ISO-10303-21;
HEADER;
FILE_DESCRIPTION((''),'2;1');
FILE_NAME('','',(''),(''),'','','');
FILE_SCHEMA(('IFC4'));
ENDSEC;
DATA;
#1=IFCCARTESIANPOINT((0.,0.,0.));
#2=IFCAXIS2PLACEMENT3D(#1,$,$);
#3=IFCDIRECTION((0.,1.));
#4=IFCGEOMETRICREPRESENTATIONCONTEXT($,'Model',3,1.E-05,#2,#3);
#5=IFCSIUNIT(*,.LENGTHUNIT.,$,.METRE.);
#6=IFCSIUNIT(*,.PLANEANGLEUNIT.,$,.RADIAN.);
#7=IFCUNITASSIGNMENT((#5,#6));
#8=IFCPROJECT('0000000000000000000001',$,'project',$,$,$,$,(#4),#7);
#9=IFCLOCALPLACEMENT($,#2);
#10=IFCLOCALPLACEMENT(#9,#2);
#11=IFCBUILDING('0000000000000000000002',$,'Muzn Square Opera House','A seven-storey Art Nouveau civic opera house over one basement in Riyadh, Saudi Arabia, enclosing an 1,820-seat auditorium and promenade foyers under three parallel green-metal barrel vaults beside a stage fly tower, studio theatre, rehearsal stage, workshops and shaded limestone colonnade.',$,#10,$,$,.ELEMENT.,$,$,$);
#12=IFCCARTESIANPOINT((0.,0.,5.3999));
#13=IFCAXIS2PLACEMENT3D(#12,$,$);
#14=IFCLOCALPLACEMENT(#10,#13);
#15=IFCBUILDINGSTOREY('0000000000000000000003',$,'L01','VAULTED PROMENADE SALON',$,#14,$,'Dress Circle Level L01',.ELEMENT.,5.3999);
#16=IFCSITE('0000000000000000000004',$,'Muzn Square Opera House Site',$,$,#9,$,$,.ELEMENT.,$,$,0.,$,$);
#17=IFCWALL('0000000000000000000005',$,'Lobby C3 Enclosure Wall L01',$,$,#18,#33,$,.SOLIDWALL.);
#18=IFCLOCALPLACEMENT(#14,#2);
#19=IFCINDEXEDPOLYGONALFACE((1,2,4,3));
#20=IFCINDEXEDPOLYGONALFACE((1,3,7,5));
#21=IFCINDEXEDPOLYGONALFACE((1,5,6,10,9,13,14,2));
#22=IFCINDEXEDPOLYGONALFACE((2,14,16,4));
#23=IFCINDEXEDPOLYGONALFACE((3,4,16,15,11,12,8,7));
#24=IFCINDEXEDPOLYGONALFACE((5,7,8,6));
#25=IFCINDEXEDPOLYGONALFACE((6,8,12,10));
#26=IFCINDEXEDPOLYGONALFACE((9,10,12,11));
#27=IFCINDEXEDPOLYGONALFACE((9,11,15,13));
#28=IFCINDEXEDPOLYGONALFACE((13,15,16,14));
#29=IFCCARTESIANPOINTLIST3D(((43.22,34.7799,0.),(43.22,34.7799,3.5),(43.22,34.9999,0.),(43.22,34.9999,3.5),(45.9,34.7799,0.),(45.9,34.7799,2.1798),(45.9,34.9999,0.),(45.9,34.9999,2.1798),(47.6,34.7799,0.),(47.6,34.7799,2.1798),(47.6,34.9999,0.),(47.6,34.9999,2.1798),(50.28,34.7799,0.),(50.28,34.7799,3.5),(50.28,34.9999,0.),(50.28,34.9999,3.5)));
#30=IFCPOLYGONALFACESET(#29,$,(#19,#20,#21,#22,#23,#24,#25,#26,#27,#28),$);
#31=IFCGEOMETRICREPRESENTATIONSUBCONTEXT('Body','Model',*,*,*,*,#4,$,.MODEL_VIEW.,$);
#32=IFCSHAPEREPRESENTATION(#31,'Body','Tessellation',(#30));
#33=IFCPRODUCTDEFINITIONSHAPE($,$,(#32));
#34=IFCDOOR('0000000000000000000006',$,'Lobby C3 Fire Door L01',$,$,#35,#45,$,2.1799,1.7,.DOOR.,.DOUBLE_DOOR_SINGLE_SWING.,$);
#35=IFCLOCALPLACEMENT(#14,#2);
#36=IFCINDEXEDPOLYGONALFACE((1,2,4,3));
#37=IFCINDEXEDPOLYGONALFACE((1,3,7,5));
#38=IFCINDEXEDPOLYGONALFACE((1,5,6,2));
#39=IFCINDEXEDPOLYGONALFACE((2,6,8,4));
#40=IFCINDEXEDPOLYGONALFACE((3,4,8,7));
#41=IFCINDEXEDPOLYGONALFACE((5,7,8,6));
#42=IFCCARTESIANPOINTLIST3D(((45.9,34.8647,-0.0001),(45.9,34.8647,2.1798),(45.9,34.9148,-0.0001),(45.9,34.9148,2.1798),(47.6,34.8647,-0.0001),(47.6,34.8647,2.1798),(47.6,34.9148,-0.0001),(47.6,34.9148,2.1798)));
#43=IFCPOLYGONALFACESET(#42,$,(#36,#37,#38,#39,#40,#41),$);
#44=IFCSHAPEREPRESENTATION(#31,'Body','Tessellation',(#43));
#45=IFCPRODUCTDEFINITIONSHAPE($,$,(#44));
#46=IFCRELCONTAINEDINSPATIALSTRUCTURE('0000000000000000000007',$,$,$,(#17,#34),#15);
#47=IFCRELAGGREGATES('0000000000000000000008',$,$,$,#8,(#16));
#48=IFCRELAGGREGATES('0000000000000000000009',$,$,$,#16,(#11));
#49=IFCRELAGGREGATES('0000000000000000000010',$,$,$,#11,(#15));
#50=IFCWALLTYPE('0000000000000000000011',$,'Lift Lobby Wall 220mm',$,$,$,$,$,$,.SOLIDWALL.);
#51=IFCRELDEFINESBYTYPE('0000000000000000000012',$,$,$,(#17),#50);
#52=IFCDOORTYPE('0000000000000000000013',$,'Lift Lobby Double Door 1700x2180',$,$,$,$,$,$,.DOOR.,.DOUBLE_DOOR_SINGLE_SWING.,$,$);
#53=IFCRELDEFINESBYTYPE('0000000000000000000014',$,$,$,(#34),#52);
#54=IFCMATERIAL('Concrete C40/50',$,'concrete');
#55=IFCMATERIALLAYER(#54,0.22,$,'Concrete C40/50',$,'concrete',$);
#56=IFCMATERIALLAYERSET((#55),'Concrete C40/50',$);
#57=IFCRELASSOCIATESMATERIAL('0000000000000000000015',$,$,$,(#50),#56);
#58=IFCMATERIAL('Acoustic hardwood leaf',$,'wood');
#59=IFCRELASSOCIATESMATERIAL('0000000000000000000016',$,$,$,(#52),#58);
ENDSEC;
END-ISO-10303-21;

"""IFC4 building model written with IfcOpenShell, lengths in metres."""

from ifc_helpers import new_model, si_unit, direction, frame, frame_2d, origin, place, context, subcontext, project, spatial, rectangle, extrude, material, layer, layer_set, type_object, element, fill, save


model = new_model("IFC4")

# Units and contexts
model_context = context("Model", 3, precision=1e-05, world=origin(), true_north=direction((0.0, 1.0)))
body_context = subcontext(model_context, "Body", "Model", "MODEL_VIEW")
ifc_project = project(units=[si_unit("LENGTHUNIT", "METRE"), si_unit("PLANEANGLEUNIT", "RADIAN")], contexts=[model_context])

# Site, building, storey
site_placement = place(None, origin())
site = spatial("IfcSite", under=ifc_project, at=site_placement, Name="Muzn Square Opera House Site", CompositionType="ELEMENT", RefElevation=0.0)
building_placement = place(site_placement, origin())
building = spatial("IfcBuilding", under=site, at=building_placement, Name="Muzn Square Opera House", Description="A seven-storey Art Nouveau civic opera house over one basement in Riyadh, Saudi Arabia, enclosing an 1,820-seat auditorium and promenade foyers under three parallel green-metal barrel vaults beside a stage fly tower, studio theatre, rehearsal stage, workshops and shaded limestone colonnade.", CompositionType="ELEMENT")
storey_placement = place(building_placement, frame((0.0, 0.0, 5.3999)))
storey = spatial("IfcBuildingStorey", under=building, at=storey_placement, Name="L01", Description="VAULTED PROMENADE SALON", LongName="Dress Circle Level L01", CompositionType="ELEMENT", Elevation=5.3999)

# Shared definitions
ifc_material_1 = material(Name="Concrete C40/50", Category="concrete")

# Wall, opening, door
ifc_layer_1 = layer(ifc_material_1, 0.22, Name="Concrete C40/50", Category="concrete")
ifc_layer_set_1 = layer_set([ifc_layer_1], Name="Concrete C40/50")
wall_type_1 = type_object("IfcWallType", Name="Lift Lobby Wall 220mm", PredefinedType="SOLIDWALL", material=ifc_layer_set_1)
wall_1_placement = place(storey_placement, frame((43.22, 34.8899, 0.0), z_axis=(0.0, 0.0, 1.0), x_axis=(1.0, 0.0, 0.0)))
wall_1 = element("IfcWall", 1, at=wall_1_placement, inside=storey, type_object=wall_type_1, Name="Lobby C3 Enclosure Wall L01", PredefinedType="SOLIDWALL", context=body_context, shape_type="SweptSolid", body=[
    extrude(rectangle(XDim=7.0601, YDim=0.22, at=frame_2d((3.53, 0.0))), origin(), (0.0, 0.0, 1.0), 3.5),
])
opening_1_placement = place(wall_1_placement, frame((2.6799, 0.0, 0.0)))
opening_1 = element("IfcOpeningElement", 2, at=opening_1_placement, cuts=wall_1, PredefinedType="OPENING", context=body_context, shape_type="SweptSolid", body=[
    extrude(rectangle(XDim=1.7, YDim=2.1799, at=frame_2d((0.8501, 1.0898))), frame((0.0, 0.1199, 0.0), z_axis=(0.0, -1.0, 0.0), x_axis=(1.0, 0.0, 0.0)), (0.0, 0.0, 1.0), 0.24),
])
ifc_material_2 = material(Name="Acoustic hardwood leaf", Category="wood")
door_type_1 = type_object("IfcDoorType", Name="Lift Lobby Double Door 1700x2180", OperationType="DOUBLE_DOOR_SINGLE_SWING", PredefinedType="DOOR", material=ifc_material_2)
door_1_placement = place(opening_1_placement, origin())
door_1 = element("IfcDoor", 3, at=door_1_placement, inside=storey, type_object=door_type_1, Name="Lobby C3 Fire Door L01", OperationType="DOUBLE_DOOR_SINGLE_SWING", OverallHeight=2.1799, OverallWidth=1.7, PredefinedType="DOOR", context=body_context, shape_type="SweptSolid", body=[
    extrude(rectangle(XDim=1.7, YDim=2.1799, at=frame_2d((0.8501, 1.0898))), frame((0.0, 0.0249, 0.0), z_axis=(0.0, -1.0, 0.0), x_axis=(1.0, 0.0, 0.0)), (0.0, 0.0, 1.0), 0.05),
])
fill(opening_1, door_1)

save(model, "model.ifc")
